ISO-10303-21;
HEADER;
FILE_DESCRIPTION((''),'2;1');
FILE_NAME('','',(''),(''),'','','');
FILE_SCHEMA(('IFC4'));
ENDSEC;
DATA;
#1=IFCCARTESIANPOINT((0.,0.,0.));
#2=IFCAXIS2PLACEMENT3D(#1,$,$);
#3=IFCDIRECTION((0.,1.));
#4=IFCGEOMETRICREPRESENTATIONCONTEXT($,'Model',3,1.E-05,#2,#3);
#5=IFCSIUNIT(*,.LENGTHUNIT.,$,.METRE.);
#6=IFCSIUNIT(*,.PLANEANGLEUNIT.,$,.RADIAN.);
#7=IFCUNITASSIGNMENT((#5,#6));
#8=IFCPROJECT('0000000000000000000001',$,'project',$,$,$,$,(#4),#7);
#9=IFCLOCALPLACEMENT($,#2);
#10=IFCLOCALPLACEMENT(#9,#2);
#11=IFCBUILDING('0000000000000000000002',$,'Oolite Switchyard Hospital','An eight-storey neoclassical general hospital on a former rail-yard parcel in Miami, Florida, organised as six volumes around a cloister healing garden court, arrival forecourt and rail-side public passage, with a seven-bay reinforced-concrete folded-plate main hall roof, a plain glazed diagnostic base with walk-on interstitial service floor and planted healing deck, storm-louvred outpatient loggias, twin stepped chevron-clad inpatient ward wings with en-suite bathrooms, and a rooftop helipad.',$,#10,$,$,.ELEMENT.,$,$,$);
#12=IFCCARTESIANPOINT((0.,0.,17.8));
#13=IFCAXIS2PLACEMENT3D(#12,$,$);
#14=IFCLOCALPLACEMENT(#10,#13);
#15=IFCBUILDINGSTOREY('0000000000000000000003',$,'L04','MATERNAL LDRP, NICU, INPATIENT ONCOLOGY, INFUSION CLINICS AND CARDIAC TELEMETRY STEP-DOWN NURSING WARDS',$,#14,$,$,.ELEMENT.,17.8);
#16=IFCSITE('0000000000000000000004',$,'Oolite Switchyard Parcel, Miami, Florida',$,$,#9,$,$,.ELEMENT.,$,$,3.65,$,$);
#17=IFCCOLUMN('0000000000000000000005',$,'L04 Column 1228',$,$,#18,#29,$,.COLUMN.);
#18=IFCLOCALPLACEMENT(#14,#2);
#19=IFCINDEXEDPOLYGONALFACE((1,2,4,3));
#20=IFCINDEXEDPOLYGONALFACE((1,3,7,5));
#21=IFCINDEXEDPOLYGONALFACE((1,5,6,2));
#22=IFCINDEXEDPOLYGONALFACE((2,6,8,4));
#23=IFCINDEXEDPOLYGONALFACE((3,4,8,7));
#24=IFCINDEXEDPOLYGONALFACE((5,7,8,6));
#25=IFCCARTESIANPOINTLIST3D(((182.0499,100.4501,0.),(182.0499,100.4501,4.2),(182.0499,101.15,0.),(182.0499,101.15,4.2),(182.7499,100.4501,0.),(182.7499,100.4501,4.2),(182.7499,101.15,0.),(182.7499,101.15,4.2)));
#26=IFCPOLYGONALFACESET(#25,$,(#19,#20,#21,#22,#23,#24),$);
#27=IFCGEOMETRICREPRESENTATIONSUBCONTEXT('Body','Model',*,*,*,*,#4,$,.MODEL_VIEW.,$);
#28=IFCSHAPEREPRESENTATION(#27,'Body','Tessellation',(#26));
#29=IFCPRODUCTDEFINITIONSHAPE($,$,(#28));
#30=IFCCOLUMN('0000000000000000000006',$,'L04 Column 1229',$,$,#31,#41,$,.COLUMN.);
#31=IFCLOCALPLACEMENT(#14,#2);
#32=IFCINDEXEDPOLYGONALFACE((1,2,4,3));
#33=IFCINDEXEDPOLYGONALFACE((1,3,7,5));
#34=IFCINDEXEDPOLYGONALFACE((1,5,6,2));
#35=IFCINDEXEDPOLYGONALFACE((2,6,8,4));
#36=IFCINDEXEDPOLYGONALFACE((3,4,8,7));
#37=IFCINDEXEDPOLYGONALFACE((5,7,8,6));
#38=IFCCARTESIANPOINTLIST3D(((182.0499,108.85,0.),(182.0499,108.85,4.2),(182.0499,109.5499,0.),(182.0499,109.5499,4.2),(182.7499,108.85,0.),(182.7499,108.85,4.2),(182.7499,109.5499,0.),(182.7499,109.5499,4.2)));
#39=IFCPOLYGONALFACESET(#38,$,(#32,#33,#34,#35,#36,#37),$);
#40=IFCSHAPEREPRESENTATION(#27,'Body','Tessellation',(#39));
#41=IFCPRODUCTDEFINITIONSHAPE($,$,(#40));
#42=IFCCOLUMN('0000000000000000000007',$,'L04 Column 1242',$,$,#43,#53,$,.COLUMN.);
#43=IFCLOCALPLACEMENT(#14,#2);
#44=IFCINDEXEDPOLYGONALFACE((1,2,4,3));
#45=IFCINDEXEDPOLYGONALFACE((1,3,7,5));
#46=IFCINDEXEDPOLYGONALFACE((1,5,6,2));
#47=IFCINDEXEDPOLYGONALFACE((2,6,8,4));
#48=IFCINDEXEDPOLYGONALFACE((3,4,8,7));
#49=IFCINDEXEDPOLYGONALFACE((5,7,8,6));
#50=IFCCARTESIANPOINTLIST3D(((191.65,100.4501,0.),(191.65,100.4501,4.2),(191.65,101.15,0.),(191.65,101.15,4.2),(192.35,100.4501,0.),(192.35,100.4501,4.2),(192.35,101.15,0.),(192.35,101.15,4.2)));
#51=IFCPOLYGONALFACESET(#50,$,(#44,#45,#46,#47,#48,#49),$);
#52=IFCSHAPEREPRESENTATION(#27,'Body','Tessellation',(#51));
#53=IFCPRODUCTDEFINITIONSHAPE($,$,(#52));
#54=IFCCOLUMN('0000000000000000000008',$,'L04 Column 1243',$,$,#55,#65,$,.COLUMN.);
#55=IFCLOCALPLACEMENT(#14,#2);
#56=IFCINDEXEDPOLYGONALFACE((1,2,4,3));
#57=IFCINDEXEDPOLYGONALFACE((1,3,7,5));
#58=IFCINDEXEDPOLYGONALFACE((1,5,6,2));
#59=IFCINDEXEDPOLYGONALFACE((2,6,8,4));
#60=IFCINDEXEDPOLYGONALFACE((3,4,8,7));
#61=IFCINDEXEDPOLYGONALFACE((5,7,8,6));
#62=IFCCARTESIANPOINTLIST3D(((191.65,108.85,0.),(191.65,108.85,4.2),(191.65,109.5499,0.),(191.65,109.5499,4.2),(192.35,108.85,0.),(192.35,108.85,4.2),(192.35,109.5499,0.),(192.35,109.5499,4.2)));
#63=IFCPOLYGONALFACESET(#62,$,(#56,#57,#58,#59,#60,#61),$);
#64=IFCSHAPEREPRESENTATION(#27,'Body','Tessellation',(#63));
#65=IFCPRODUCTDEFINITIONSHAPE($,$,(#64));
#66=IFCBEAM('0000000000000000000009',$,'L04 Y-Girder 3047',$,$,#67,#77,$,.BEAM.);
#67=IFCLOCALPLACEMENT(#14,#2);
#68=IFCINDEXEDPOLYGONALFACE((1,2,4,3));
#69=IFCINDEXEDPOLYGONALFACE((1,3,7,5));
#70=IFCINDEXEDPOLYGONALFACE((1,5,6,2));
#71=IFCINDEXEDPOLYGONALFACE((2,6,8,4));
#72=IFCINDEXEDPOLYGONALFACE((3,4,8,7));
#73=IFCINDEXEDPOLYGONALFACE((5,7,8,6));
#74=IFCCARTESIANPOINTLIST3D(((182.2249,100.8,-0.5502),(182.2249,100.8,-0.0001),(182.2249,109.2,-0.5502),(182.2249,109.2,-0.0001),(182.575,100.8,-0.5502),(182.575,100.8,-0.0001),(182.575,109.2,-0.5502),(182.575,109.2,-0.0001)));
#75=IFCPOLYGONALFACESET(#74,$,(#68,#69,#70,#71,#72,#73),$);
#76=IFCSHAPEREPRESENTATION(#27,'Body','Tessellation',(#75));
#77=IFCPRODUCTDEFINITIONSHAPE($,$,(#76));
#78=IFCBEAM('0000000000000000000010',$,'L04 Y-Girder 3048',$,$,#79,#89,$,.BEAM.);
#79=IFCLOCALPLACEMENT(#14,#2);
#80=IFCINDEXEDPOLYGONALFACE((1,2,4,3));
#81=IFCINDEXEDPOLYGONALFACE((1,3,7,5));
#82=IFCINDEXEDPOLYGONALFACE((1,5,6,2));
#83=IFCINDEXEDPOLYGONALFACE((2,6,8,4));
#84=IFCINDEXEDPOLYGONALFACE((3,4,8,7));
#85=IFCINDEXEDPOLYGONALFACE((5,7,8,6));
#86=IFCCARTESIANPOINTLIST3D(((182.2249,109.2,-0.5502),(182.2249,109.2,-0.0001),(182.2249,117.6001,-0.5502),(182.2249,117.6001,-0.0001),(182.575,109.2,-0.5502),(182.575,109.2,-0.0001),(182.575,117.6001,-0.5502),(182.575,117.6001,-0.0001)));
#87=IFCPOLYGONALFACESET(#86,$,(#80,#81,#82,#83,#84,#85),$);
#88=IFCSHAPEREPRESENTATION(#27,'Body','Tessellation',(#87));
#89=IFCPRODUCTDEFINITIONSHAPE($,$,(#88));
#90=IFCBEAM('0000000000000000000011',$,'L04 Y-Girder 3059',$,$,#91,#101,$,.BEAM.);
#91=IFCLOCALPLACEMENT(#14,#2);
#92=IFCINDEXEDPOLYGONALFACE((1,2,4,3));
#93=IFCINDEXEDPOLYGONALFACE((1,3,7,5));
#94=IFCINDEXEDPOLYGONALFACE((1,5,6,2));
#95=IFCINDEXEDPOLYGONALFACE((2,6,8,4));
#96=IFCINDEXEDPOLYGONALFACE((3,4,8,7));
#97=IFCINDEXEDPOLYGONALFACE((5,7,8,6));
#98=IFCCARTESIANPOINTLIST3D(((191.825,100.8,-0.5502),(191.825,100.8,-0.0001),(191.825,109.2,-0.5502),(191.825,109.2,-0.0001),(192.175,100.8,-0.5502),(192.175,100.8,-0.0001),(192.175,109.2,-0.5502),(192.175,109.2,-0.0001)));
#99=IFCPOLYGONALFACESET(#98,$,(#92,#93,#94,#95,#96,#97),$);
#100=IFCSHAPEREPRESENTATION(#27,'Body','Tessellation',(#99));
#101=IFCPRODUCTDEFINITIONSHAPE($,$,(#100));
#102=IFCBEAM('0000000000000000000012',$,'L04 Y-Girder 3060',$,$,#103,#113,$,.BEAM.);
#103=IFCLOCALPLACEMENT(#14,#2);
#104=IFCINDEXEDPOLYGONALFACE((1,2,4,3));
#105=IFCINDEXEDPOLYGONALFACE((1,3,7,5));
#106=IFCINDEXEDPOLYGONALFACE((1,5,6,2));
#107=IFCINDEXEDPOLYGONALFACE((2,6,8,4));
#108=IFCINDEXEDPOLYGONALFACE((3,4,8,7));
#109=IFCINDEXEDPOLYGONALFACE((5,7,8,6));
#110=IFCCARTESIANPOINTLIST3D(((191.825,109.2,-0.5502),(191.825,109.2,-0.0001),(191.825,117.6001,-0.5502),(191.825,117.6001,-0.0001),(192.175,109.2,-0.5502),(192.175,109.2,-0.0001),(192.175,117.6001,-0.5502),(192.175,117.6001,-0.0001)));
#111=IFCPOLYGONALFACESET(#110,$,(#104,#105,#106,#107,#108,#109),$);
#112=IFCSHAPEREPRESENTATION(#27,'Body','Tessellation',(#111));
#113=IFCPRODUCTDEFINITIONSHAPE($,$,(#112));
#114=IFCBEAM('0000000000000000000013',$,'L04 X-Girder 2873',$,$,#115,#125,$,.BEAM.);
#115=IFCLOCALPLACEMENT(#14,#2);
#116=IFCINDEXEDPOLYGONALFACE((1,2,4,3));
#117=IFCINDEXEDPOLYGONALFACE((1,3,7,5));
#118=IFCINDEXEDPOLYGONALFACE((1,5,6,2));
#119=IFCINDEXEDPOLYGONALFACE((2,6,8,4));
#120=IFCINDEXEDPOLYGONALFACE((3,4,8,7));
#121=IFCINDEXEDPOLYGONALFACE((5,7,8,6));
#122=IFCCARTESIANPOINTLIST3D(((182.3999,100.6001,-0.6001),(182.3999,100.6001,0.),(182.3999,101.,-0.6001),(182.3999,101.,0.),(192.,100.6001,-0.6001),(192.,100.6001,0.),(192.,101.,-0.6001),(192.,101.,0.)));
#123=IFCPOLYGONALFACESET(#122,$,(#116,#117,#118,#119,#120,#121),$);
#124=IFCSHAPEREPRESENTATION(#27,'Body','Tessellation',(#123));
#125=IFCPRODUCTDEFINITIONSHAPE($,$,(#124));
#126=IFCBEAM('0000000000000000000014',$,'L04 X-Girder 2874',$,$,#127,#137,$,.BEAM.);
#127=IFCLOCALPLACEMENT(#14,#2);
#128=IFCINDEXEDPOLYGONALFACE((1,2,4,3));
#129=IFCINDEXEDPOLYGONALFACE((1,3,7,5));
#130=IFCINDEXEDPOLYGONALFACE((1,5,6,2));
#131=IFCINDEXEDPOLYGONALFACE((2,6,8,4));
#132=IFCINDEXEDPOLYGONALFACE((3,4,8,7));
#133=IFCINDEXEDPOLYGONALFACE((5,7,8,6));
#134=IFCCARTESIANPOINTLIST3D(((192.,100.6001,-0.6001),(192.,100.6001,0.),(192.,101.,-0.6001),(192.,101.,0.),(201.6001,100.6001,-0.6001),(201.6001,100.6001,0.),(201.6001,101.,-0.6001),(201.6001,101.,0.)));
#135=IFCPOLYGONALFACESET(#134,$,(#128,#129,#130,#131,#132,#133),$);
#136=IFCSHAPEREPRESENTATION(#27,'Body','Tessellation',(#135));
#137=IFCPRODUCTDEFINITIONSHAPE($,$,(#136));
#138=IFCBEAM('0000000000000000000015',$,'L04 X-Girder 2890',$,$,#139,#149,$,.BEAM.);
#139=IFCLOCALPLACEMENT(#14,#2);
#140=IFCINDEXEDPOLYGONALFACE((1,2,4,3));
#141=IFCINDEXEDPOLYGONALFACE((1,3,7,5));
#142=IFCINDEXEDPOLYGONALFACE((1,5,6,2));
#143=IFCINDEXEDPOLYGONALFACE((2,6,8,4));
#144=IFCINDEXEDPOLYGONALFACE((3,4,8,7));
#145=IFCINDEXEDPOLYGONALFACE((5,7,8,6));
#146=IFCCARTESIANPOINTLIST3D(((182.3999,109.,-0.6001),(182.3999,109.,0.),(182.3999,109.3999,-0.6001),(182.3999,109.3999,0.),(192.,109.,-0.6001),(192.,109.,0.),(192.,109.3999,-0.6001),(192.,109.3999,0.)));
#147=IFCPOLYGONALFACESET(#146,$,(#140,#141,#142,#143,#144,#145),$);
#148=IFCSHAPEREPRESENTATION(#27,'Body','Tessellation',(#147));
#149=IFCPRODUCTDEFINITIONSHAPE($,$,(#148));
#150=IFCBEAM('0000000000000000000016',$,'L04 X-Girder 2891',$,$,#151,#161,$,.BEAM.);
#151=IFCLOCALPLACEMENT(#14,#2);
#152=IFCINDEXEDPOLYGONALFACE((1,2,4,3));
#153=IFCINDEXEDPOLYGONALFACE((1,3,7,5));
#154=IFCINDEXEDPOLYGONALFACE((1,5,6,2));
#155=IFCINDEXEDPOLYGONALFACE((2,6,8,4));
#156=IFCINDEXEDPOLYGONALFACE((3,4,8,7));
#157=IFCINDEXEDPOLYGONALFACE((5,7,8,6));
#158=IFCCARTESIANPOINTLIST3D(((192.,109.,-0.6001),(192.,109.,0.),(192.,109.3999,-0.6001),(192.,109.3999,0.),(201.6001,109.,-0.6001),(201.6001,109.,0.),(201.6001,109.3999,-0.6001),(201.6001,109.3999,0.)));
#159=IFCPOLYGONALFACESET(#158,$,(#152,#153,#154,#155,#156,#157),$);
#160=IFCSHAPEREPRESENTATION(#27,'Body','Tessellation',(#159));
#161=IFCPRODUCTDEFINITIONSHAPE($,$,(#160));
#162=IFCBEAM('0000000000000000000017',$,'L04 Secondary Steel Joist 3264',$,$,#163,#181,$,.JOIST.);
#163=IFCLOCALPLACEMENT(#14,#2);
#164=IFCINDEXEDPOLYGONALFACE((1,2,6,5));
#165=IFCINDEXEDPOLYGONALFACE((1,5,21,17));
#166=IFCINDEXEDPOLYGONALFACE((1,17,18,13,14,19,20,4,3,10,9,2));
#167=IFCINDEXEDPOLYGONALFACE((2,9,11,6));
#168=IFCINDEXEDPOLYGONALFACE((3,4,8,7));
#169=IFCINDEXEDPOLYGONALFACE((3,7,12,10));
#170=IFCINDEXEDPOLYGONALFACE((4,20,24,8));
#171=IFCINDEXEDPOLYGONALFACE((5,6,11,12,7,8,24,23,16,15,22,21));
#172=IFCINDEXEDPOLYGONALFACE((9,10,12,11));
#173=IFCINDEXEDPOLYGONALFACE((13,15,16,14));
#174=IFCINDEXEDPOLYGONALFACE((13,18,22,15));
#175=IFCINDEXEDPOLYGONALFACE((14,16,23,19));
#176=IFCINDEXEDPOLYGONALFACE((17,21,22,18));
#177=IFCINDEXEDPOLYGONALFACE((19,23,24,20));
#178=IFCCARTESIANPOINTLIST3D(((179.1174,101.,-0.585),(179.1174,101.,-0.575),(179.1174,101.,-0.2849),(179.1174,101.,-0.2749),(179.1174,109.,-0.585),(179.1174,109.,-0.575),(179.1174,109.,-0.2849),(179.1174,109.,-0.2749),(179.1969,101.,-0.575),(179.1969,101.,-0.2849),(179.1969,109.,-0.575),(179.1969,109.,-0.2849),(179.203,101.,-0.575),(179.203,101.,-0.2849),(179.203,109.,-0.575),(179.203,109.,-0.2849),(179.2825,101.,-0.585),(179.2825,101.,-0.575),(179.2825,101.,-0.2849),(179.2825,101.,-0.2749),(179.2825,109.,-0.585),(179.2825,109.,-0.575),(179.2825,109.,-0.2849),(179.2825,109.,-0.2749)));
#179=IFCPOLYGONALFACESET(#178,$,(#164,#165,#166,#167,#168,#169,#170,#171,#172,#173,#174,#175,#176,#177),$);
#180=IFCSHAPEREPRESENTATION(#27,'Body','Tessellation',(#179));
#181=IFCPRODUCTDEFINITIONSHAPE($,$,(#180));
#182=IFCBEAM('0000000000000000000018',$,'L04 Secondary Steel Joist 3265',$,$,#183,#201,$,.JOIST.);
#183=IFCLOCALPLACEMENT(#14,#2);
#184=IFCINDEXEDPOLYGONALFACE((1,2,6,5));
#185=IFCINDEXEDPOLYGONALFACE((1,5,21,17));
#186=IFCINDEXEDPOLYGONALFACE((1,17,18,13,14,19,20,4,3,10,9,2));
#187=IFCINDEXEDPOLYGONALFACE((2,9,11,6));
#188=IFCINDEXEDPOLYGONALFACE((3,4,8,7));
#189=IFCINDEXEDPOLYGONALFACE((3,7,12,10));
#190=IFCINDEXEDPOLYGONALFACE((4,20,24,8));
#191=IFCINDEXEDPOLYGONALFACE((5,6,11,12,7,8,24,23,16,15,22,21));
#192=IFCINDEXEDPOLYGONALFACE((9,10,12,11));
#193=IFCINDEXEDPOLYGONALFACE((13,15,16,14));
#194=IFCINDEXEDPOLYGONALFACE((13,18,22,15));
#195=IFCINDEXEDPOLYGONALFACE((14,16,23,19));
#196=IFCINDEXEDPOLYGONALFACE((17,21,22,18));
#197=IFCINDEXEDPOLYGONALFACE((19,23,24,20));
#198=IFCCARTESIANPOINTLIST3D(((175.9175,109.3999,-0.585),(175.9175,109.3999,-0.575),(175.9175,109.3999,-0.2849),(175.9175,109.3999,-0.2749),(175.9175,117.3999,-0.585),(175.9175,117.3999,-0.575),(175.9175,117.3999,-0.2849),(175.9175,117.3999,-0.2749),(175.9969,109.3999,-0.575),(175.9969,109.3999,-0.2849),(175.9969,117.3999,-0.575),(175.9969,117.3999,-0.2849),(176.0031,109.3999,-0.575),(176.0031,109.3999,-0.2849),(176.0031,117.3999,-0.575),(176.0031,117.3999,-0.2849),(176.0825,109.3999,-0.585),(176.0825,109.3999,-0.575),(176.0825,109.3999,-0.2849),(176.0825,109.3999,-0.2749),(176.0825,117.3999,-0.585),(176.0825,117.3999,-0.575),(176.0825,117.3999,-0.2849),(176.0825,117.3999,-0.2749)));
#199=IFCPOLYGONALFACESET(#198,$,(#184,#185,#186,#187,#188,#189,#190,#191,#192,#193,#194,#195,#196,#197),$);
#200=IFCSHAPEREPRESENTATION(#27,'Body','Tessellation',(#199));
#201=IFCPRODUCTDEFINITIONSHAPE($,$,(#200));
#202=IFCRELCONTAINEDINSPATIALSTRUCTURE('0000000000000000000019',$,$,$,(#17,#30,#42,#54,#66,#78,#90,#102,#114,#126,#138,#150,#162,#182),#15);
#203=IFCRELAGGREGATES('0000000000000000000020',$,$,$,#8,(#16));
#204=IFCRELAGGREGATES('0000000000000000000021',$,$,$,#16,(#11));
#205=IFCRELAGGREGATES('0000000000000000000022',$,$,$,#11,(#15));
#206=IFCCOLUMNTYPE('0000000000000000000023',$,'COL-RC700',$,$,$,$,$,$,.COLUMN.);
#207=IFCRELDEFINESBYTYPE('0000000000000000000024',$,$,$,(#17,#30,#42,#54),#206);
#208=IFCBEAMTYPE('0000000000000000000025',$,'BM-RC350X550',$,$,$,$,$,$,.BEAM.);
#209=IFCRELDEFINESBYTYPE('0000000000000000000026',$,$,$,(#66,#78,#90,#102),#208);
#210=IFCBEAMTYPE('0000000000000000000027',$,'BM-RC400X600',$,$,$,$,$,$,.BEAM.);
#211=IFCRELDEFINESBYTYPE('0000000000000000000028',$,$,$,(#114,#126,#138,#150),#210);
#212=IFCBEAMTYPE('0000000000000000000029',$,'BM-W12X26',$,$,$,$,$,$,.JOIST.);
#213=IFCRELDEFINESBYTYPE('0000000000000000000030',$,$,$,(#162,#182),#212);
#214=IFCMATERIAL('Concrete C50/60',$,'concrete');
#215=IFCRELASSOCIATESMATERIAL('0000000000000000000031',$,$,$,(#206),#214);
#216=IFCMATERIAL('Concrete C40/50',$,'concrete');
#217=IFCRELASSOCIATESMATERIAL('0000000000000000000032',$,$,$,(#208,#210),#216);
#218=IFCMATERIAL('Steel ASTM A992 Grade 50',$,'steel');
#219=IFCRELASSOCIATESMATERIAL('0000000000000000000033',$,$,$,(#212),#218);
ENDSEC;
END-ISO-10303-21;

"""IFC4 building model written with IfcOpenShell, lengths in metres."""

from ifc_helpers import new_model, si_unit, direction, frame, origin, origin_2d, place, context, subcontext, project, spatial, rectangle, i_section, extrude, material, material_profile, profile_set, type_object, element, save


model = new_model("IFC4")

# Units and contexts
model_context = context("Model", 3, precision=1e-05, world=origin(), true_north=direction((0.0, 1.0)))
body_context = subcontext(model_context, "Body", "Model", "MODEL_VIEW")
ifc_project = project(units=[si_unit("LENGTHUNIT", "METRE"), si_unit("PLANEANGLEUNIT", "RADIAN")], contexts=[model_context])

# Site, building, storey
site_placement = place(None, origin())
site = spatial("IfcSite", under=ifc_project, at=site_placement, Name="Oolite Switchyard Parcel, Miami, Florida", CompositionType="ELEMENT", RefElevation=3.65)
building_placement = place(site_placement, origin())
building = spatial("IfcBuilding", under=site, at=building_placement, Name="Oolite Switchyard Hospital", Description="An eight-storey neoclassical general hospital on a former rail-yard parcel in Miami, Florida, organised as six volumes around a cloister healing garden court, arrival forecourt and rail-side public passage, with a seven-bay reinforced-concrete folded-plate main hall roof, a plain glazed diagnostic base with walk-on interstitial service floor and planted healing deck, storm-louvred outpatient loggias, twin stepped chevron-clad inpatient ward wings with en-suite bathrooms, and a rooftop helipad.", CompositionType="ELEMENT")
storey_placement = place(building_placement, frame((0.0, 0.0, 17.8)))
storey = spatial("IfcBuildingStorey", under=building, at=storey_placement, Name="L04", Description="MATERNAL LDRP, NICU, INPATIENT ONCOLOGY, INFUSION CLINICS AND CARDIAC TELEMETRY STEP-DOWN NURSING WARDS", CompositionType="ELEMENT", Elevation=17.8)

# Columns
ifc_material_1 = material(Name="Concrete C50/60", Category="concrete")
ifc_material_profile_1 = material_profile(ifc_material_1, rectangle(XDim=0.7, YDim=0.7, at=origin_2d()), Name="RC700X700")
ifc_profile_set_1 = profile_set([ifc_material_profile_1], Name="Concrete C50/60")
column_type = type_object("IfcColumnType", Name="COL-RC700", PredefinedType="COLUMN", material=ifc_profile_set_1)
for number, where, z_axis, x_axis, name in (
    (1, (182.3999, 100.8, 0.0), (0.0, 0.0, 1.0), (1.0, 0.0, 0.0), "L04 Column 1228"),
    (2, (182.3999, 109.2, 0.0), (0.0, 0.0, 1.0), (1.0, 0.0, 0.0), "L04 Column 1229"),
    (3, (192.0, 100.8, 0.0), (0.0, 0.0, 1.0), (1.0, 0.0, 0.0), "L04 Column 1242"),
    (4, (192.0, 109.2, 0.0), (0.0, 0.0, 1.0), (1.0, 0.0, 0.0), "L04 Column 1243"),
):
    element("IfcColumn", number, at=place(storey_placement, frame(where, z_axis=z_axis, x_axis=x_axis)), inside=storey, type_object=column_type, Name=name, PredefinedType="COLUMN", context=body_context, shape_type="SweptSolid", body=[
        extrude(rectangle(XDim=0.7, YDim=0.7, at=origin_2d()), origin(), (0.0, 0.0, 1.0), 4.2),
    ])

# Beams
ifc_material_2 = material(Name="Concrete C40/50", Category="concrete")
ifc_material_profile_2 = material_profile(ifc_material_2, rectangle(XDim=0.3501, YDim=0.55, at=origin_2d()), Name="RCB350X550")
ifc_profile_set_2 = profile_set([ifc_material_profile_2], Name="Concrete C40/50")
beam_type_1 = type_object("IfcBeamType", Name="BM-RC350X550", PredefinedType="BEAM", material=ifc_profile_set_2)
beam_1_placement = place(storey_placement, frame((182.3999, 100.8, -0.2751), z_axis=(0.0, 1.0, 0.0), x_axis=(-1.0, 0.0, 0.0)))
element("IfcBeam", 5, at=beam_1_placement, inside=storey, type_object=beam_type_1, Name="L04 Y-Girder 3047", PredefinedType="BEAM", context=body_context, shape_type="SweptSolid", body=[
    extrude(rectangle(XDim=0.3501, YDim=0.55, at=origin_2d()), origin(), (0.0, 0.0, 1.0), 8.3999),
])
beam_2_placement = place(storey_placement, frame((182.3999, 109.2, -0.2751), z_axis=(0.0, 1.0, 0.0), x_axis=(-1.0, 0.0, 0.0)))
element("IfcBeam", 6, at=beam_2_placement, inside=storey, type_object=beam_type_1, Name="L04 Y-Girder 3048", PredefinedType="BEAM", context=body_context, shape_type="SweptSolid", body=[
    extrude(rectangle(XDim=0.3501, YDim=0.55, at=origin_2d()), origin(), (0.0, 0.0, 1.0), 8.4001),
])
beam_3_placement = place(storey_placement, frame((192.0, 100.8, -0.2751), z_axis=(0.0, 1.0, 0.0), x_axis=(-1.0, 0.0, 0.0)))
element("IfcBeam", 7, at=beam_3_placement, inside=storey, type_object=beam_type_1, Name="L04 Y-Girder 3059", PredefinedType="BEAM", context=body_context, shape_type="SweptSolid", body=[
    extrude(rectangle(XDim=0.3501, YDim=0.55, at=origin_2d()), origin(), (0.0, 0.0, 1.0), 8.3999),
])
beam_4_placement = place(storey_placement, frame((192.0, 109.2, -0.2751), z_axis=(0.0, 1.0, 0.0), x_axis=(-1.0, 0.0, 0.0)))
element("IfcBeam", 8, at=beam_4_placement, inside=storey, type_object=beam_type_1, Name="L04 Y-Girder 3060", PredefinedType="BEAM", context=body_context, shape_type="SweptSolid", body=[
    extrude(rectangle(XDim=0.3501, YDim=0.55, at=origin_2d()), origin(), (0.0, 0.0, 1.0), 8.4001),
])
ifc_material_profile_3 = material_profile(ifc_material_2, rectangle(XDim=0.3999, YDim=0.6001, at=origin_2d()), Name="RCB400X600")
ifc_profile_set_3 = profile_set([ifc_material_profile_3], Name="Concrete C40/50")
beam_type_2 = type_object("IfcBeamType", Name="BM-RC400X600", PredefinedType="BEAM", material=ifc_profile_set_3)
for number, where, z_axis, x_axis, name in (
    (9, (182.3999, 100.8, -0.3), (1.0, 0.0, 0.0), (0.0, 1.0, 0.0), "L04 X-Girder 2873"),
    (10, (192.0, 100.8, -0.3), (1.0, 0.0, 0.0), (0.0, 1.0, 0.0), "L04 X-Girder 2874"),
    (11, (182.3999, 109.2, -0.3), (1.0, 0.0, 0.0), (0.0, 1.0, 0.0), "L04 X-Girder 2890"),
    (12, (192.0, 109.2, -0.3), (1.0, 0.0, 0.0), (0.0, 1.0, 0.0), "L04 X-Girder 2891"),
):
    element("IfcBeam", number, at=place(storey_placement, frame(where, z_axis=z_axis, x_axis=x_axis)), inside=storey, type_object=beam_type_2, Name=name, PredefinedType="BEAM", context=body_context, shape_type="SweptSolid", body=[
        extrude(rectangle(XDim=0.3999, YDim=0.6001, at=origin_2d()), origin(), (0.0, 0.0, 1.0), 9.6001),
    ])
ifc_material_3 = material(Name="Steel ASTM A992 Grade 50", Category="steel")
ifc_material_profile_4 = material_profile(ifc_material_3, i_section(OverallWidth=0.165, OverallDepth=0.3101, WebThickness=0.0061, FlangeThickness=0.01, at=origin_2d()), Name="W12X26")
ifc_profile_set_4 = profile_set([ifc_material_profile_4], Name="Steel ASTM A992 Grade 50")
beam_type_3 = type_object("IfcBeamType", Name="BM-W12X26", PredefinedType="JOIST", material=ifc_profile_set_4)
for number, where, z_axis, x_axis, name in (
    (13, (179.2, 101.0, -0.4299), (0.0, 1.0, 0.0), (-1.0, 0.0, 0.0), "L04 Secondary Steel Joist 3264"),
    (14, (176.0, 109.3999, -0.4299), (0.0, 1.0, 0.0), (-1.0, 0.0, 0.0), "L04 Secondary Steel Joist 3265"),
):
    element("IfcBeam", number, at=place(storey_placement, frame(where, z_axis=z_axis, x_axis=x_axis)), inside=storey, type_object=beam_type_3, Name=name, PredefinedType="JOIST", context=body_context, shape_type="SweptSolid", body=[
        extrude(i_section(OverallWidth=0.165, OverallDepth=0.3101, WebThickness=0.0061, FlangeThickness=0.01, at=origin_2d()), origin(), (0.0, 0.0, 1.0), 8.0),
    ])

save(model, "model.ifc")
